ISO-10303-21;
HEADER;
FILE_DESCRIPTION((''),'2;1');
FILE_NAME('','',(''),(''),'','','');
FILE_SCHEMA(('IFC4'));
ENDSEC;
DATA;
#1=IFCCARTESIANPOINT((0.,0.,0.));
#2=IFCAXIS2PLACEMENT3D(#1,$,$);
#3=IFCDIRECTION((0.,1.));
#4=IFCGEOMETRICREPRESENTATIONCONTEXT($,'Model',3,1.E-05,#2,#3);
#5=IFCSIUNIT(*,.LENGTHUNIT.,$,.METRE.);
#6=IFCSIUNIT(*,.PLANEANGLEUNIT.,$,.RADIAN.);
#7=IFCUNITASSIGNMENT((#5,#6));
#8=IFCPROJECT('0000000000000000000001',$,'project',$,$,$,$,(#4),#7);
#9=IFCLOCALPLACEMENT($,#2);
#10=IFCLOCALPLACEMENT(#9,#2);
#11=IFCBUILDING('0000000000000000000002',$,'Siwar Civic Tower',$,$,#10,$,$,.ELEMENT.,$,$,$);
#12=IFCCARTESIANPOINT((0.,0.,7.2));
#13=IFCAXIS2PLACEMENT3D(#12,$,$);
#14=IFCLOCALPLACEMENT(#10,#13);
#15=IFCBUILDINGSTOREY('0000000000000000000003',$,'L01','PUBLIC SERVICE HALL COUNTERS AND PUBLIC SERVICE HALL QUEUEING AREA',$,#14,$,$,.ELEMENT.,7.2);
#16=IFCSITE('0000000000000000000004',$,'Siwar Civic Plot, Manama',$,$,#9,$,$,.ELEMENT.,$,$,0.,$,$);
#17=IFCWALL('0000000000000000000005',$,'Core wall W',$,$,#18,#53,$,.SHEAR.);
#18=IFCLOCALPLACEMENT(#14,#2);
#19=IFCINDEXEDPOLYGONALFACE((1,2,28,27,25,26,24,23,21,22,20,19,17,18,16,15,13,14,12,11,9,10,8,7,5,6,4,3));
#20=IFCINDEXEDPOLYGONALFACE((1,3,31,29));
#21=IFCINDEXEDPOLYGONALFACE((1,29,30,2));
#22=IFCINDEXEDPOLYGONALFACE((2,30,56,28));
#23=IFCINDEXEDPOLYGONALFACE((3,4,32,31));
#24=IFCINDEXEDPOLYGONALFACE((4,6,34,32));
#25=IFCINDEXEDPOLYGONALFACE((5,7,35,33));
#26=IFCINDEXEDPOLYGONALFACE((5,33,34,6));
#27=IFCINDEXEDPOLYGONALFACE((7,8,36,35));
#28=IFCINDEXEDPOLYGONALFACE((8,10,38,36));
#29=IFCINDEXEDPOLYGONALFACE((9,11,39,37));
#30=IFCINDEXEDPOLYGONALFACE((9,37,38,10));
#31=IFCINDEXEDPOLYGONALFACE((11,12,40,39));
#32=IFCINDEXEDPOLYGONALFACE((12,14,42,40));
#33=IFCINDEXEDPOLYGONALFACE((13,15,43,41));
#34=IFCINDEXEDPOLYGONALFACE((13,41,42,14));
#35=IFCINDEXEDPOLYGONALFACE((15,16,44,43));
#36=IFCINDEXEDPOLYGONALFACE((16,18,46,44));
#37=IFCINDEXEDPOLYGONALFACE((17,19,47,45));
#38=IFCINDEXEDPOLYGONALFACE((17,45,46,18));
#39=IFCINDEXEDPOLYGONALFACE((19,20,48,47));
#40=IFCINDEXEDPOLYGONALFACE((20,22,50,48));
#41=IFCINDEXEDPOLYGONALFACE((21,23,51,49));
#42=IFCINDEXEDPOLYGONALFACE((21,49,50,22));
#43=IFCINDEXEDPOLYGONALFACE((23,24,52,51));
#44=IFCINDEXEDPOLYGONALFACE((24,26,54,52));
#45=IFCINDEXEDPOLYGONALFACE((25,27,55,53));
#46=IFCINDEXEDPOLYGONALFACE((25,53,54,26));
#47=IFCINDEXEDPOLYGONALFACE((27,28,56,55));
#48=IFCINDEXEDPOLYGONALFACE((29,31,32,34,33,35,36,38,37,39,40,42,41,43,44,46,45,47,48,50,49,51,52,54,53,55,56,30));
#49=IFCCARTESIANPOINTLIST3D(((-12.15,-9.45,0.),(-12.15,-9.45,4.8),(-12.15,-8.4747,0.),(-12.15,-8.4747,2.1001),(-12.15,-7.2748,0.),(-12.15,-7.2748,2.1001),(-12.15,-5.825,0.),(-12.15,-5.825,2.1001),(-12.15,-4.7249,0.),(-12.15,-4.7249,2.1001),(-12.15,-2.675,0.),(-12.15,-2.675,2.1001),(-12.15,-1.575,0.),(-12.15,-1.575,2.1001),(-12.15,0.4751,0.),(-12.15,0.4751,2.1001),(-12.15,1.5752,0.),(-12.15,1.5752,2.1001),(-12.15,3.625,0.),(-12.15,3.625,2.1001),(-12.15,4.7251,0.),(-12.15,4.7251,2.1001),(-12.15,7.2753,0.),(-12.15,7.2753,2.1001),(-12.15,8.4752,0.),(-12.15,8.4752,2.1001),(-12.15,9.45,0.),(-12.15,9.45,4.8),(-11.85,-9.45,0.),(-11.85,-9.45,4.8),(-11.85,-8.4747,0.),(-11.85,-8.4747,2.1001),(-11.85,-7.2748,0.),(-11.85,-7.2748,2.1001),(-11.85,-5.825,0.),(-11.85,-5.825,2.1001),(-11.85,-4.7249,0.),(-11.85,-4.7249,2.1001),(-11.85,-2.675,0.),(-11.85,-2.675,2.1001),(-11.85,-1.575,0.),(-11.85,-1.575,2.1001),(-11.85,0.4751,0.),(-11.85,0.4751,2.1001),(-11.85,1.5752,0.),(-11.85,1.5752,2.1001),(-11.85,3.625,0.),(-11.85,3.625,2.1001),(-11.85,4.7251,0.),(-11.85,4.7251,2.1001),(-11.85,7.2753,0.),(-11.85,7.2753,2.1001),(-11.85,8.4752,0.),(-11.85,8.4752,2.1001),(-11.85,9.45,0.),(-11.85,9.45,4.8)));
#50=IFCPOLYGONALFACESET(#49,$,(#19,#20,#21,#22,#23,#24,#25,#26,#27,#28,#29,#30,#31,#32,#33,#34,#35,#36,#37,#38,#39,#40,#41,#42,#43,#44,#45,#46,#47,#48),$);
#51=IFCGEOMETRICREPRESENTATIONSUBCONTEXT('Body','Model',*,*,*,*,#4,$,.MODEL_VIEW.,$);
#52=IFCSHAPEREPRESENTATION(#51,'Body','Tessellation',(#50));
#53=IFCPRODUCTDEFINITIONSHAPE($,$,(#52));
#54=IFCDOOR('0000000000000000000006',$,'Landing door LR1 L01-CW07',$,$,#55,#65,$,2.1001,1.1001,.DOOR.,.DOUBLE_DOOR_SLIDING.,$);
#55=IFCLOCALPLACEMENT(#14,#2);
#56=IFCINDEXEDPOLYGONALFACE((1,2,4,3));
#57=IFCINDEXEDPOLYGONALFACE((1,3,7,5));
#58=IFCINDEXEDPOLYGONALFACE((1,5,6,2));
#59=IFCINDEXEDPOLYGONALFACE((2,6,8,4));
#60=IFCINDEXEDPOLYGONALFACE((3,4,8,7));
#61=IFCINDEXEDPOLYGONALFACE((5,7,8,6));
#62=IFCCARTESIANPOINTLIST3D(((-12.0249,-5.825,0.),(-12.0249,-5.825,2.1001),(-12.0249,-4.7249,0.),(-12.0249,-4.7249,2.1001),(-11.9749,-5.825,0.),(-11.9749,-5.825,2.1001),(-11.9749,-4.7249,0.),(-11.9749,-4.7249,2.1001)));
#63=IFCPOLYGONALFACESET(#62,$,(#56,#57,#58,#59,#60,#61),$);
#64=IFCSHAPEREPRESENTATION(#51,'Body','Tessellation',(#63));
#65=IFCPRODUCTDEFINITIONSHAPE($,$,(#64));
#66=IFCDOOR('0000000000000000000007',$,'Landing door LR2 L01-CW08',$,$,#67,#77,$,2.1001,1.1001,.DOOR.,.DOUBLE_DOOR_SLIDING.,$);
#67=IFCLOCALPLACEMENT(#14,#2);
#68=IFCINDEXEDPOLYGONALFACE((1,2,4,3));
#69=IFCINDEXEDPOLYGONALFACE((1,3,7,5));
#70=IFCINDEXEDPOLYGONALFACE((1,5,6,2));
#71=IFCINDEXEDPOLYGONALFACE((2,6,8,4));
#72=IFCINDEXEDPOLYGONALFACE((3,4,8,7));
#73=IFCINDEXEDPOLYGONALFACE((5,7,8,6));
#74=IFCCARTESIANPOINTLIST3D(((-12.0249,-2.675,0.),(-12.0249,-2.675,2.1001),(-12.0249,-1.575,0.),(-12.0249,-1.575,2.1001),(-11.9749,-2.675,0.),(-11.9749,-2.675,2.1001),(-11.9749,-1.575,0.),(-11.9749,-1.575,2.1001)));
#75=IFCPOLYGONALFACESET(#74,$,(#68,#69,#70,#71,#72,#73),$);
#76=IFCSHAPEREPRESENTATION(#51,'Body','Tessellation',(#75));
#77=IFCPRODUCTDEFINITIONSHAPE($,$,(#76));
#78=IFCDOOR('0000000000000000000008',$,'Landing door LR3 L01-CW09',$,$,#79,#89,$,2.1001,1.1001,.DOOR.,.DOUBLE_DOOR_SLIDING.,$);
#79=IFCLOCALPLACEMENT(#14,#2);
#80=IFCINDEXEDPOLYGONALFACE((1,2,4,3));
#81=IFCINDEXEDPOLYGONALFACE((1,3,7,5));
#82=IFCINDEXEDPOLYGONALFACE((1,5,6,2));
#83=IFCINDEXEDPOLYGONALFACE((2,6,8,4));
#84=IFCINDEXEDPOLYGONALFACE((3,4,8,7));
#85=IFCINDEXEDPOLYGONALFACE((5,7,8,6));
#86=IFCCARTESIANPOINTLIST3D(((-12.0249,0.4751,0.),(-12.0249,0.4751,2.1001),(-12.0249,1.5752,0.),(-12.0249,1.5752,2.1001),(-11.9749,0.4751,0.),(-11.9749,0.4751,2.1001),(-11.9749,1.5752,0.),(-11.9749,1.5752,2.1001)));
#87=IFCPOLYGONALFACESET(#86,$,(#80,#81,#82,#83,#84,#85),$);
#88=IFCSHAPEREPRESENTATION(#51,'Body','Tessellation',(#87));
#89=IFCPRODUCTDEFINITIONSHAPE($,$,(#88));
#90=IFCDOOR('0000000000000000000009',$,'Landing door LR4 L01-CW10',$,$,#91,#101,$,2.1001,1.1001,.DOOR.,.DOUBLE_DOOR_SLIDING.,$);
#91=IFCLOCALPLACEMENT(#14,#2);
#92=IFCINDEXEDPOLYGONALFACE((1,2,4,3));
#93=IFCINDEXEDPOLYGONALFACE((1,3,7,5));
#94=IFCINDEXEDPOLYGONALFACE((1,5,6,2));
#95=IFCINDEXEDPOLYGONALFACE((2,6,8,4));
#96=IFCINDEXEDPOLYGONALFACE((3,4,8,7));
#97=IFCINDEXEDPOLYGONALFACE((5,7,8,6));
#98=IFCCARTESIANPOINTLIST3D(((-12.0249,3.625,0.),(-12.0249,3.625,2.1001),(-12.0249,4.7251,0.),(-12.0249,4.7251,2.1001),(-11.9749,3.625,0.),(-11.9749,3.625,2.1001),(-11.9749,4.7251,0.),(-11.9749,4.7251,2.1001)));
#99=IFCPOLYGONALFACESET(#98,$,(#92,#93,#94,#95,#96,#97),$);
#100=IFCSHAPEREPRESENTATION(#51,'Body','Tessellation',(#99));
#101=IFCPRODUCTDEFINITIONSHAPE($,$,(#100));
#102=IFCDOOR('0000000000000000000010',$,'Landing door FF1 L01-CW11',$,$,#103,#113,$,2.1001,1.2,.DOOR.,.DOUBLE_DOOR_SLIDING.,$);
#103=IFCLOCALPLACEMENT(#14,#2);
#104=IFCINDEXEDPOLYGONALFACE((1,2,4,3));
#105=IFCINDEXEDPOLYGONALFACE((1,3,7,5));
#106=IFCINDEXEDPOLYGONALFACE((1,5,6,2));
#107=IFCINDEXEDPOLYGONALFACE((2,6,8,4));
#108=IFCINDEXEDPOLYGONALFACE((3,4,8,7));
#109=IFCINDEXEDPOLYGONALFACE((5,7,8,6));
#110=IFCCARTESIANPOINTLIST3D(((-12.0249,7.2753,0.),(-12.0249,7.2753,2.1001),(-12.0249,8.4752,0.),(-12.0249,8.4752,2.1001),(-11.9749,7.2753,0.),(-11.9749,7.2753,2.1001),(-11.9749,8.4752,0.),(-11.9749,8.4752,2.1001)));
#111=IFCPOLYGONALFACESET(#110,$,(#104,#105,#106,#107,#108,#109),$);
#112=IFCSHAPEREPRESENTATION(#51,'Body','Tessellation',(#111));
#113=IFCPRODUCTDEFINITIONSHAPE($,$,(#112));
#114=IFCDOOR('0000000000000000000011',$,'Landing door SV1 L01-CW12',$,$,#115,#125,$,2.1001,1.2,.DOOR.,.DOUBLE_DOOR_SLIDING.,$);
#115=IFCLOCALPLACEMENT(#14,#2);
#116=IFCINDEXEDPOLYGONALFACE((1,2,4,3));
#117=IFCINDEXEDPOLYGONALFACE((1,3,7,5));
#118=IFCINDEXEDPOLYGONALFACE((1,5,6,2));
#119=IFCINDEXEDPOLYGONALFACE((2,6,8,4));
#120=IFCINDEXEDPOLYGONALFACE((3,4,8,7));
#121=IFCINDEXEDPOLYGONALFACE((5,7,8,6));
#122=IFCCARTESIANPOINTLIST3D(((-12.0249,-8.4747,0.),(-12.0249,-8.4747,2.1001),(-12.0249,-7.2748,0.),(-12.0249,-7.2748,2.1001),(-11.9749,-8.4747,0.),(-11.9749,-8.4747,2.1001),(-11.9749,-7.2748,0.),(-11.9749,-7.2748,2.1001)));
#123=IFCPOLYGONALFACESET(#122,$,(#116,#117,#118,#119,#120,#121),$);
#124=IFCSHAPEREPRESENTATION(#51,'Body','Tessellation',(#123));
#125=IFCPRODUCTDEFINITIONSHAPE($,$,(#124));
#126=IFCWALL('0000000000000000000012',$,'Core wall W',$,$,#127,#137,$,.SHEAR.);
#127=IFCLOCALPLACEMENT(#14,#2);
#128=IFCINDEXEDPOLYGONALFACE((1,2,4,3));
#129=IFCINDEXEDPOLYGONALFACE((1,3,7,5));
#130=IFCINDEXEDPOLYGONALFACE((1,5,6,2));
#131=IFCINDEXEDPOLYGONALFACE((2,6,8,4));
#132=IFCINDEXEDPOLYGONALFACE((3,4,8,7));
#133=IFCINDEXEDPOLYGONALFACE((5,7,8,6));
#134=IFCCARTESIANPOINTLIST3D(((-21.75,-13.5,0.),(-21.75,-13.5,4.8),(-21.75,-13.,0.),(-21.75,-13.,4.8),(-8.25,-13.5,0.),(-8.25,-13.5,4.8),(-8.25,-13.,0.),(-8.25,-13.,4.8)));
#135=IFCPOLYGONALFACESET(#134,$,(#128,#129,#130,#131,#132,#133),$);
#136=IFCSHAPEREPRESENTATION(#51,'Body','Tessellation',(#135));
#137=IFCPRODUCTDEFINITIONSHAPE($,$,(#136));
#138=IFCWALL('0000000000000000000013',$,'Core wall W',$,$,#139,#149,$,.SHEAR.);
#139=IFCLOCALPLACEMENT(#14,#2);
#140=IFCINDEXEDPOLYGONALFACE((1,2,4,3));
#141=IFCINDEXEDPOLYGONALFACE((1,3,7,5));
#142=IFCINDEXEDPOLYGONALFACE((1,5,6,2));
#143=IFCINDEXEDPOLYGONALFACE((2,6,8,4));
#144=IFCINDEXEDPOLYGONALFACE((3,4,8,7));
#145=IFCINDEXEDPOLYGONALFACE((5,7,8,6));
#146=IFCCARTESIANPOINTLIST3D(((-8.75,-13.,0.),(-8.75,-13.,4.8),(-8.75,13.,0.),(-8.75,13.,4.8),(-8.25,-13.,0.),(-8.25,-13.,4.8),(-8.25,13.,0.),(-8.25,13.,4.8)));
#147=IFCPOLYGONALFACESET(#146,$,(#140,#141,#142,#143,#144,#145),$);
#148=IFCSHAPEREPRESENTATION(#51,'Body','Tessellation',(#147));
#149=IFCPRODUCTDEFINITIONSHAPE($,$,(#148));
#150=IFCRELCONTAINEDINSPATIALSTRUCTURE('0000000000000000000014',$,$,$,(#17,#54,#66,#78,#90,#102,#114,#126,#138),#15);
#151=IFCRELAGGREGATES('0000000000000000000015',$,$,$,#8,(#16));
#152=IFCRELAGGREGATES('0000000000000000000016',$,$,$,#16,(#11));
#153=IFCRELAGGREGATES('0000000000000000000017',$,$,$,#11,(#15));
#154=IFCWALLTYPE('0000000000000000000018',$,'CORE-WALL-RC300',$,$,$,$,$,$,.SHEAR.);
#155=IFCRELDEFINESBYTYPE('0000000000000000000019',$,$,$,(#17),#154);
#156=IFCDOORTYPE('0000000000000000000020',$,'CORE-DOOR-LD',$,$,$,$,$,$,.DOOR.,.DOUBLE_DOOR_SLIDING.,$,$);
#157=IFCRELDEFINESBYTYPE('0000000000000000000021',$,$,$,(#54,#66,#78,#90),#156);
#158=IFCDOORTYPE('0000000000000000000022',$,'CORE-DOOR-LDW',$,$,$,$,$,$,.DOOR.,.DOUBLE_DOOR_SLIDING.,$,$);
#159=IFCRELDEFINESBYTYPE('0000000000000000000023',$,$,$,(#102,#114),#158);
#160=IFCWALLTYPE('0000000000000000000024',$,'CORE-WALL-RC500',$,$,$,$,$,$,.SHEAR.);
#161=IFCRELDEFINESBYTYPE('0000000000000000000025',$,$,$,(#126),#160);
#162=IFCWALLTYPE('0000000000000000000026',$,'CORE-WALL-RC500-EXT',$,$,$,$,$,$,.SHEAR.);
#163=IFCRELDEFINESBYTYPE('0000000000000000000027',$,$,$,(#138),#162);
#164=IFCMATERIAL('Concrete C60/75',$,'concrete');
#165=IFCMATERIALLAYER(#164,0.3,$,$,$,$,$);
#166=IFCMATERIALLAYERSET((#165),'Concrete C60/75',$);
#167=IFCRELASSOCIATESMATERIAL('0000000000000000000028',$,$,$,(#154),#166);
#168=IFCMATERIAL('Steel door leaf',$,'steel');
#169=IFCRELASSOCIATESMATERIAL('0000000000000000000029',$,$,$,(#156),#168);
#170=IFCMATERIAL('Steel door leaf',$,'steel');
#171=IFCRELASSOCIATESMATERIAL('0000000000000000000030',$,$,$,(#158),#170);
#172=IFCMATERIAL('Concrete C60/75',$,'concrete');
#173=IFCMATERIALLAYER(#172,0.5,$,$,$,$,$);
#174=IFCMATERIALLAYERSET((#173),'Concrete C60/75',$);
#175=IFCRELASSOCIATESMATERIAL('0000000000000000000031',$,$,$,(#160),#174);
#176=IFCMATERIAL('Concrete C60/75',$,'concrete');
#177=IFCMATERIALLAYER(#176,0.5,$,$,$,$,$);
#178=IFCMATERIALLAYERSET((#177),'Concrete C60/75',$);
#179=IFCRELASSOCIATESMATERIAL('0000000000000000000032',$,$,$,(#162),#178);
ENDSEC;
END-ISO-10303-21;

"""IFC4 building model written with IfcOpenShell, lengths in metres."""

from ifc_helpers import new_model, si_unit, direction, frame, frame_2d, origin, place, context, subcontext, project, spatial, rectangle, extrude, material, layer, layer_set, type_object, element, fill, save


model = new_model("IFC4")

# Units and contexts
model_context = context("Model", 3, precision=1e-05, world=origin(), true_north=direction((0.0, 1.0)))
body_context = subcontext(model_context, "Body", "Model", "MODEL_VIEW")
ifc_project = project(units=[si_unit("LENGTHUNIT", "METRE"), si_unit("PLANEANGLEUNIT", "RADIAN")], contexts=[model_context])

# Site, building, storey
site_placement = place(None, origin())
site = spatial("IfcSite", under=ifc_project, at=site_placement, Name="Siwar Civic Plot, Manama", CompositionType="ELEMENT", RefElevation=0.0)
building_placement = place(site_placement, origin())
building = spatial("IfcBuilding", under=site, at=building_placement, Name="Siwar Civic Tower", CompositionType="ELEMENT")
storey_placement = place(building_placement, frame((0.0, 0.0, 7.2)))
storey = spatial("IfcBuildingStorey", under=building, at=storey_placement, Name="L01", Description="PUBLIC SERVICE HALL COUNTERS AND PUBLIC SERVICE HALL QUEUEING AREA", CompositionType="ELEMENT", Elevation=7.2)

# Wall, openings, doors
ifc_material_1 = material(Name="Concrete C60/75", Category="concrete")
ifc_layer_1 = layer(ifc_material_1, 0.3)
ifc_layer_set_1 = layer_set([ifc_layer_1], Name="Concrete C60/75")
wall_type_1 = type_object("IfcWallType", Name="CORE-WALL-RC300", PredefinedType="SHEAR", material=ifc_layer_set_1)
wall_1_placement = place(storey_placement, frame((-12.0, -9.45, 0.0), z_axis=(0.0, 0.0, 1.0), x_axis=(0.0, 1.0, 0.0)))
wall_1 = element("IfcWall", 1, at=wall_1_placement, inside=storey, type_object=wall_type_1, Name="Core wall W", PredefinedType="SHEAR", context=body_context, shape_type="SweptSolid", body=[
    extrude(rectangle(XDim=18.8999, YDim=0.3, at=frame_2d((9.45, 0.0))), origin(), (0.0, 0.0, 1.0), 4.8),
])
opening_1_placement = place(wall_1_placement, frame((3.625, 0.0, 0.0)))
opening_1 = element("IfcOpeningElement", 2, at=opening_1_placement, cuts=wall_1, PredefinedType="OPENING", context=body_context, shape_type="SweptSolid", body=[
    extrude(rectangle(XDim=1.1001, YDim=2.1001, at=frame_2d((0.55, 1.05))), frame((0.0, 0.1602, 0.0), z_axis=(0.0, -1.0, 0.0), x_axis=(1.0, 0.0, 0.0)), (0.0, 0.0, 1.0), 0.3201),
])
opening_2_placement = place(wall_1_placement, frame((6.7749, 0.0, 0.0)))
opening_2 = element("IfcOpeningElement", 3, at=opening_2_placement, cuts=wall_1, PredefinedType="OPENING", context=body_context, shape_type="SweptSolid", body=[
    extrude(rectangle(XDim=1.1001, YDim=2.1001, at=frame_2d((0.55, 1.05))), frame((0.0, 0.1602, 0.0), z_axis=(0.0, -1.0, 0.0), x_axis=(1.0, 0.0, 0.0)), (0.0, 0.0, 1.0), 0.3201),
])
opening_3_placement = place(wall_1_placement, frame((9.925, 0.0, 0.0)))
opening_3 = element("IfcOpeningElement", 4, at=opening_3_placement, cuts=wall_1, PredefinedType="OPENING", context=body_context, shape_type="SweptSolid", body=[
    extrude(rectangle(XDim=1.1001, YDim=2.1001, at=frame_2d((0.55, 1.05))), frame((0.0, 0.1602, 0.0), z_axis=(0.0, -1.0, 0.0), x_axis=(1.0, 0.0, 0.0)), (0.0, 0.0, 1.0), 0.3201),
])
opening_4_placement = place(wall_1_placement, frame((13.075, 0.0, 0.0)))
opening_4 = element("IfcOpeningElement", 5, at=opening_4_placement, cuts=wall_1, PredefinedType="OPENING", context=body_context, shape_type="SweptSolid", body=[
    extrude(rectangle(XDim=1.1001, YDim=2.1001, at=frame_2d((0.55, 1.05))), frame((0.0, 0.1602, 0.0), z_axis=(0.0, -1.0, 0.0), x_axis=(1.0, 0.0, 0.0)), (0.0, 0.0, 1.0), 0.3201),
])
opening_5_placement = place(wall_1_placement, frame((16.7251, 0.0, 0.0)))
opening_5 = element("IfcOpeningElement", 6, at=opening_5_placement, cuts=wall_1, PredefinedType="OPENING", context=body_context, shape_type="SweptSolid", body=[
    extrude(rectangle(XDim=1.2, YDim=2.1001, at=frame_2d((0.6001, 1.05))), frame((0.0, 0.1602, 0.0), z_axis=(0.0, -1.0, 0.0), x_axis=(1.0, 0.0, 0.0)), (0.0, 0.0, 1.0), 0.3201),
])
opening_6_placement = place(wall_1_placement, frame((0.9751, 0.0, 0.0)))
opening_6 = element("IfcOpeningElement", 7, at=opening_6_placement, cuts=wall_1, PredefinedType="OPENING", context=body_context, shape_type="SweptSolid", body=[
    extrude(rectangle(XDim=1.2, YDim=2.1001, at=frame_2d((0.6001, 1.05))), frame((0.0, 0.1602, 0.0), z_axis=(0.0, -1.0, 0.0), x_axis=(1.0, 0.0, 0.0)), (0.0, 0.0, 1.0), 0.3201),
])
ifc_material_2 = material(Name="Steel door leaf", Category="steel")
door_type_1 = type_object("IfcDoorType", Name="CORE-DOOR-LD", OperationType="DOUBLE_DOOR_SLIDING", PredefinedType="DOOR", material=ifc_material_2)
door_1_placement = place(opening_1_placement, origin())
door_1 = element("IfcDoor", 8, at=door_1_placement, inside=storey, type_object=door_type_1, Name="Landing door LR1 L01-CW07", OperationType="DOUBLE_DOOR_SLIDING", OverallHeight=2.1001, OverallWidth=1.1001, PredefinedType="DOOR", context=body_context, shape_type="SweptSolid", body=[
    extrude(rectangle(XDim=1.1001, YDim=2.1001, at=frame_2d((0.55, 1.05))), frame((0.0, 0.0249, 0.0), z_axis=(0.0, -1.0, 0.0), x_axis=(1.0, 0.0, 0.0)), (0.0, 0.0, 1.0), 0.05),
])
fill(opening_1, door_1)
door_2_placement = place(opening_2_placement, origin())
door_2 = element("IfcDoor", 9, at=door_2_placement, inside=storey, type_object=door_type_1, Name="Landing door LR2 L01-CW08", OperationType="DOUBLE_DOOR_SLIDING", OverallHeight=2.1001, OverallWidth=1.1001, PredefinedType="DOOR", context=body_context, shape_type="SweptSolid", body=[
    extrude(rectangle(XDim=1.1001, YDim=2.1001, at=frame_2d((0.55, 1.05))), frame((0.0, 0.0249, 0.0), z_axis=(0.0, -1.0, 0.0), x_axis=(1.0, 0.0, 0.0)), (0.0, 0.0, 1.0), 0.05),
])
fill(opening_2, door_2)
door_3_placement = place(opening_3_placement, origin())
door_3 = element("IfcDoor", 10, at=door_3_placement, inside=storey, type_object=door_type_1, Name="Landing door LR3 L01-CW09", OperationType="DOUBLE_DOOR_SLIDING", OverallHeight=2.1001, OverallWidth=1.1001, PredefinedType="DOOR", context=body_context, shape_type="SweptSolid", body=[
    extrude(rectangle(XDim=1.1001, YDim=2.1001, at=frame_2d((0.55, 1.05))), frame((0.0, 0.0249, 0.0), z_axis=(0.0, -1.0, 0.0), x_axis=(1.0, 0.0, 0.0)), (0.0, 0.0, 1.0), 0.05),
])
fill(opening_3, door_3)
door_4_placement = place(opening_4_placement, origin())
door_4 = element("IfcDoor", 11, at=door_4_placement, inside=storey, type_object=door_type_1, Name="Landing door LR4 L01-CW10", OperationType="DOUBLE_DOOR_SLIDING", OverallHeight=2.1001, OverallWidth=1.1001, PredefinedType="DOOR", context=body_context, shape_type="SweptSolid", body=[
    extrude(rectangle(XDim=1.1001, YDim=2.1001, at=frame_2d((0.55, 1.05))), frame((0.0, 0.0249, 0.0), z_axis=(0.0, -1.0, 0.0), x_axis=(1.0, 0.0, 0.0)), (0.0, 0.0, 1.0), 0.05),
])
fill(opening_4, door_4)
ifc_material_3 = material(Name="Steel door leaf", Category="steel")
door_type_2 = type_object("IfcDoorType", Name="CORE-DOOR-LDW", OperationType="DOUBLE_DOOR_SLIDING", PredefinedType="DOOR", material=ifc_material_3)
door_5_placement = place(opening_5_placement, origin())
door_5 = element("IfcDoor", 12, at=door_5_placement, inside=storey, type_object=door_type_2, Name="Landing door FF1 L01-CW11", OperationType="DOUBLE_DOOR_SLIDING", OverallHeight=2.1001, OverallWidth=1.2, PredefinedType="DOOR", context=body_context, shape_type="SweptSolid", body=[
    extrude(rectangle(XDim=1.2, YDim=2.1001, at=frame_2d((0.6001, 1.05))), frame((0.0, 0.0249, 0.0), z_axis=(0.0, -1.0, 0.0), x_axis=(1.0, 0.0, 0.0)), (0.0, 0.0, 1.0), 0.05),
])
fill(opening_5, door_5)
door_6_placement = place(opening_6_placement, origin())
door_6 = element("IfcDoor", 13, at=door_6_placement, inside=storey, type_object=door_type_2, Name="Landing door SV1 L01-CW12", OperationType="DOUBLE_DOOR_SLIDING", OverallHeight=2.1001, OverallWidth=1.2, PredefinedType="DOOR", context=body_context, shape_type="SweptSolid", body=[
    extrude(rectangle(XDim=1.2, YDim=2.1001, at=frame_2d((0.6001, 1.05))), frame((0.0, 0.0249, 0.0), z_axis=(0.0, -1.0, 0.0), x_axis=(1.0, 0.0, 0.0)), (0.0, 0.0, 1.0), 0.05),
])
fill(opening_6, door_6)

# Walls
ifc_material_4 = material(Name="Concrete C60/75", Category="concrete")
ifc_layer_2 = layer(ifc_material_4, 0.5)
ifc_layer_set_2 = layer_set([ifc_layer_2], Name="Concrete C60/75")
wall_type_2 = type_object("IfcWallType", Name="CORE-WALL-RC500", PredefinedType="SHEAR", material=ifc_layer_set_2)
wall_2_placement = place(storey_placement, frame((-8.25, -13.25, 0.0), z_axis=(0.0, 0.0, 1.0), x_axis=(-1.0, 0.0, 0.0)))
element("IfcWall", 14, at=wall_2_placement, inside=storey, type_object=wall_type_2, Name="Core wall W", PredefinedType="SHEAR", context=body_context, shape_type="SweptSolid", body=[
    extrude(rectangle(XDim=13.5, YDim=0.5, at=frame_2d((6.75, 0.0))), origin(), (0.0, 0.0, 1.0), 4.8),
])
ifc_material_5 = material(Name="Concrete C60/75", Category="concrete")
ifc_layer_3 = layer(ifc_material_5, 0.5)
ifc_layer_set_3 = layer_set([ifc_layer_3], Name="Concrete C60/75")
wall_type_3 = type_object("IfcWallType", Name="CORE-WALL-RC500-EXT", PredefinedType="SHEAR", material=ifc_layer_set_3)
wall_3_placement = place(storey_placement, frame((-8.5, -13.0, 0.0), z_axis=(0.0, 0.0, 1.0), x_axis=(0.0, 1.0, 0.0)))
element("IfcWall", 15, at=wall_3_placement, inside=storey, type_object=wall_type_3, Name="Core wall W", PredefinedType="SHEAR", context=body_context, shape_type="SweptSolid", body=[
    extrude(rectangle(XDim=26.0, YDim=0.5, at=frame_2d((13.0, 0.0))), origin(), (0.0, 0.0, 1.0), 4.8),
])

save(model, "model.ifc")
